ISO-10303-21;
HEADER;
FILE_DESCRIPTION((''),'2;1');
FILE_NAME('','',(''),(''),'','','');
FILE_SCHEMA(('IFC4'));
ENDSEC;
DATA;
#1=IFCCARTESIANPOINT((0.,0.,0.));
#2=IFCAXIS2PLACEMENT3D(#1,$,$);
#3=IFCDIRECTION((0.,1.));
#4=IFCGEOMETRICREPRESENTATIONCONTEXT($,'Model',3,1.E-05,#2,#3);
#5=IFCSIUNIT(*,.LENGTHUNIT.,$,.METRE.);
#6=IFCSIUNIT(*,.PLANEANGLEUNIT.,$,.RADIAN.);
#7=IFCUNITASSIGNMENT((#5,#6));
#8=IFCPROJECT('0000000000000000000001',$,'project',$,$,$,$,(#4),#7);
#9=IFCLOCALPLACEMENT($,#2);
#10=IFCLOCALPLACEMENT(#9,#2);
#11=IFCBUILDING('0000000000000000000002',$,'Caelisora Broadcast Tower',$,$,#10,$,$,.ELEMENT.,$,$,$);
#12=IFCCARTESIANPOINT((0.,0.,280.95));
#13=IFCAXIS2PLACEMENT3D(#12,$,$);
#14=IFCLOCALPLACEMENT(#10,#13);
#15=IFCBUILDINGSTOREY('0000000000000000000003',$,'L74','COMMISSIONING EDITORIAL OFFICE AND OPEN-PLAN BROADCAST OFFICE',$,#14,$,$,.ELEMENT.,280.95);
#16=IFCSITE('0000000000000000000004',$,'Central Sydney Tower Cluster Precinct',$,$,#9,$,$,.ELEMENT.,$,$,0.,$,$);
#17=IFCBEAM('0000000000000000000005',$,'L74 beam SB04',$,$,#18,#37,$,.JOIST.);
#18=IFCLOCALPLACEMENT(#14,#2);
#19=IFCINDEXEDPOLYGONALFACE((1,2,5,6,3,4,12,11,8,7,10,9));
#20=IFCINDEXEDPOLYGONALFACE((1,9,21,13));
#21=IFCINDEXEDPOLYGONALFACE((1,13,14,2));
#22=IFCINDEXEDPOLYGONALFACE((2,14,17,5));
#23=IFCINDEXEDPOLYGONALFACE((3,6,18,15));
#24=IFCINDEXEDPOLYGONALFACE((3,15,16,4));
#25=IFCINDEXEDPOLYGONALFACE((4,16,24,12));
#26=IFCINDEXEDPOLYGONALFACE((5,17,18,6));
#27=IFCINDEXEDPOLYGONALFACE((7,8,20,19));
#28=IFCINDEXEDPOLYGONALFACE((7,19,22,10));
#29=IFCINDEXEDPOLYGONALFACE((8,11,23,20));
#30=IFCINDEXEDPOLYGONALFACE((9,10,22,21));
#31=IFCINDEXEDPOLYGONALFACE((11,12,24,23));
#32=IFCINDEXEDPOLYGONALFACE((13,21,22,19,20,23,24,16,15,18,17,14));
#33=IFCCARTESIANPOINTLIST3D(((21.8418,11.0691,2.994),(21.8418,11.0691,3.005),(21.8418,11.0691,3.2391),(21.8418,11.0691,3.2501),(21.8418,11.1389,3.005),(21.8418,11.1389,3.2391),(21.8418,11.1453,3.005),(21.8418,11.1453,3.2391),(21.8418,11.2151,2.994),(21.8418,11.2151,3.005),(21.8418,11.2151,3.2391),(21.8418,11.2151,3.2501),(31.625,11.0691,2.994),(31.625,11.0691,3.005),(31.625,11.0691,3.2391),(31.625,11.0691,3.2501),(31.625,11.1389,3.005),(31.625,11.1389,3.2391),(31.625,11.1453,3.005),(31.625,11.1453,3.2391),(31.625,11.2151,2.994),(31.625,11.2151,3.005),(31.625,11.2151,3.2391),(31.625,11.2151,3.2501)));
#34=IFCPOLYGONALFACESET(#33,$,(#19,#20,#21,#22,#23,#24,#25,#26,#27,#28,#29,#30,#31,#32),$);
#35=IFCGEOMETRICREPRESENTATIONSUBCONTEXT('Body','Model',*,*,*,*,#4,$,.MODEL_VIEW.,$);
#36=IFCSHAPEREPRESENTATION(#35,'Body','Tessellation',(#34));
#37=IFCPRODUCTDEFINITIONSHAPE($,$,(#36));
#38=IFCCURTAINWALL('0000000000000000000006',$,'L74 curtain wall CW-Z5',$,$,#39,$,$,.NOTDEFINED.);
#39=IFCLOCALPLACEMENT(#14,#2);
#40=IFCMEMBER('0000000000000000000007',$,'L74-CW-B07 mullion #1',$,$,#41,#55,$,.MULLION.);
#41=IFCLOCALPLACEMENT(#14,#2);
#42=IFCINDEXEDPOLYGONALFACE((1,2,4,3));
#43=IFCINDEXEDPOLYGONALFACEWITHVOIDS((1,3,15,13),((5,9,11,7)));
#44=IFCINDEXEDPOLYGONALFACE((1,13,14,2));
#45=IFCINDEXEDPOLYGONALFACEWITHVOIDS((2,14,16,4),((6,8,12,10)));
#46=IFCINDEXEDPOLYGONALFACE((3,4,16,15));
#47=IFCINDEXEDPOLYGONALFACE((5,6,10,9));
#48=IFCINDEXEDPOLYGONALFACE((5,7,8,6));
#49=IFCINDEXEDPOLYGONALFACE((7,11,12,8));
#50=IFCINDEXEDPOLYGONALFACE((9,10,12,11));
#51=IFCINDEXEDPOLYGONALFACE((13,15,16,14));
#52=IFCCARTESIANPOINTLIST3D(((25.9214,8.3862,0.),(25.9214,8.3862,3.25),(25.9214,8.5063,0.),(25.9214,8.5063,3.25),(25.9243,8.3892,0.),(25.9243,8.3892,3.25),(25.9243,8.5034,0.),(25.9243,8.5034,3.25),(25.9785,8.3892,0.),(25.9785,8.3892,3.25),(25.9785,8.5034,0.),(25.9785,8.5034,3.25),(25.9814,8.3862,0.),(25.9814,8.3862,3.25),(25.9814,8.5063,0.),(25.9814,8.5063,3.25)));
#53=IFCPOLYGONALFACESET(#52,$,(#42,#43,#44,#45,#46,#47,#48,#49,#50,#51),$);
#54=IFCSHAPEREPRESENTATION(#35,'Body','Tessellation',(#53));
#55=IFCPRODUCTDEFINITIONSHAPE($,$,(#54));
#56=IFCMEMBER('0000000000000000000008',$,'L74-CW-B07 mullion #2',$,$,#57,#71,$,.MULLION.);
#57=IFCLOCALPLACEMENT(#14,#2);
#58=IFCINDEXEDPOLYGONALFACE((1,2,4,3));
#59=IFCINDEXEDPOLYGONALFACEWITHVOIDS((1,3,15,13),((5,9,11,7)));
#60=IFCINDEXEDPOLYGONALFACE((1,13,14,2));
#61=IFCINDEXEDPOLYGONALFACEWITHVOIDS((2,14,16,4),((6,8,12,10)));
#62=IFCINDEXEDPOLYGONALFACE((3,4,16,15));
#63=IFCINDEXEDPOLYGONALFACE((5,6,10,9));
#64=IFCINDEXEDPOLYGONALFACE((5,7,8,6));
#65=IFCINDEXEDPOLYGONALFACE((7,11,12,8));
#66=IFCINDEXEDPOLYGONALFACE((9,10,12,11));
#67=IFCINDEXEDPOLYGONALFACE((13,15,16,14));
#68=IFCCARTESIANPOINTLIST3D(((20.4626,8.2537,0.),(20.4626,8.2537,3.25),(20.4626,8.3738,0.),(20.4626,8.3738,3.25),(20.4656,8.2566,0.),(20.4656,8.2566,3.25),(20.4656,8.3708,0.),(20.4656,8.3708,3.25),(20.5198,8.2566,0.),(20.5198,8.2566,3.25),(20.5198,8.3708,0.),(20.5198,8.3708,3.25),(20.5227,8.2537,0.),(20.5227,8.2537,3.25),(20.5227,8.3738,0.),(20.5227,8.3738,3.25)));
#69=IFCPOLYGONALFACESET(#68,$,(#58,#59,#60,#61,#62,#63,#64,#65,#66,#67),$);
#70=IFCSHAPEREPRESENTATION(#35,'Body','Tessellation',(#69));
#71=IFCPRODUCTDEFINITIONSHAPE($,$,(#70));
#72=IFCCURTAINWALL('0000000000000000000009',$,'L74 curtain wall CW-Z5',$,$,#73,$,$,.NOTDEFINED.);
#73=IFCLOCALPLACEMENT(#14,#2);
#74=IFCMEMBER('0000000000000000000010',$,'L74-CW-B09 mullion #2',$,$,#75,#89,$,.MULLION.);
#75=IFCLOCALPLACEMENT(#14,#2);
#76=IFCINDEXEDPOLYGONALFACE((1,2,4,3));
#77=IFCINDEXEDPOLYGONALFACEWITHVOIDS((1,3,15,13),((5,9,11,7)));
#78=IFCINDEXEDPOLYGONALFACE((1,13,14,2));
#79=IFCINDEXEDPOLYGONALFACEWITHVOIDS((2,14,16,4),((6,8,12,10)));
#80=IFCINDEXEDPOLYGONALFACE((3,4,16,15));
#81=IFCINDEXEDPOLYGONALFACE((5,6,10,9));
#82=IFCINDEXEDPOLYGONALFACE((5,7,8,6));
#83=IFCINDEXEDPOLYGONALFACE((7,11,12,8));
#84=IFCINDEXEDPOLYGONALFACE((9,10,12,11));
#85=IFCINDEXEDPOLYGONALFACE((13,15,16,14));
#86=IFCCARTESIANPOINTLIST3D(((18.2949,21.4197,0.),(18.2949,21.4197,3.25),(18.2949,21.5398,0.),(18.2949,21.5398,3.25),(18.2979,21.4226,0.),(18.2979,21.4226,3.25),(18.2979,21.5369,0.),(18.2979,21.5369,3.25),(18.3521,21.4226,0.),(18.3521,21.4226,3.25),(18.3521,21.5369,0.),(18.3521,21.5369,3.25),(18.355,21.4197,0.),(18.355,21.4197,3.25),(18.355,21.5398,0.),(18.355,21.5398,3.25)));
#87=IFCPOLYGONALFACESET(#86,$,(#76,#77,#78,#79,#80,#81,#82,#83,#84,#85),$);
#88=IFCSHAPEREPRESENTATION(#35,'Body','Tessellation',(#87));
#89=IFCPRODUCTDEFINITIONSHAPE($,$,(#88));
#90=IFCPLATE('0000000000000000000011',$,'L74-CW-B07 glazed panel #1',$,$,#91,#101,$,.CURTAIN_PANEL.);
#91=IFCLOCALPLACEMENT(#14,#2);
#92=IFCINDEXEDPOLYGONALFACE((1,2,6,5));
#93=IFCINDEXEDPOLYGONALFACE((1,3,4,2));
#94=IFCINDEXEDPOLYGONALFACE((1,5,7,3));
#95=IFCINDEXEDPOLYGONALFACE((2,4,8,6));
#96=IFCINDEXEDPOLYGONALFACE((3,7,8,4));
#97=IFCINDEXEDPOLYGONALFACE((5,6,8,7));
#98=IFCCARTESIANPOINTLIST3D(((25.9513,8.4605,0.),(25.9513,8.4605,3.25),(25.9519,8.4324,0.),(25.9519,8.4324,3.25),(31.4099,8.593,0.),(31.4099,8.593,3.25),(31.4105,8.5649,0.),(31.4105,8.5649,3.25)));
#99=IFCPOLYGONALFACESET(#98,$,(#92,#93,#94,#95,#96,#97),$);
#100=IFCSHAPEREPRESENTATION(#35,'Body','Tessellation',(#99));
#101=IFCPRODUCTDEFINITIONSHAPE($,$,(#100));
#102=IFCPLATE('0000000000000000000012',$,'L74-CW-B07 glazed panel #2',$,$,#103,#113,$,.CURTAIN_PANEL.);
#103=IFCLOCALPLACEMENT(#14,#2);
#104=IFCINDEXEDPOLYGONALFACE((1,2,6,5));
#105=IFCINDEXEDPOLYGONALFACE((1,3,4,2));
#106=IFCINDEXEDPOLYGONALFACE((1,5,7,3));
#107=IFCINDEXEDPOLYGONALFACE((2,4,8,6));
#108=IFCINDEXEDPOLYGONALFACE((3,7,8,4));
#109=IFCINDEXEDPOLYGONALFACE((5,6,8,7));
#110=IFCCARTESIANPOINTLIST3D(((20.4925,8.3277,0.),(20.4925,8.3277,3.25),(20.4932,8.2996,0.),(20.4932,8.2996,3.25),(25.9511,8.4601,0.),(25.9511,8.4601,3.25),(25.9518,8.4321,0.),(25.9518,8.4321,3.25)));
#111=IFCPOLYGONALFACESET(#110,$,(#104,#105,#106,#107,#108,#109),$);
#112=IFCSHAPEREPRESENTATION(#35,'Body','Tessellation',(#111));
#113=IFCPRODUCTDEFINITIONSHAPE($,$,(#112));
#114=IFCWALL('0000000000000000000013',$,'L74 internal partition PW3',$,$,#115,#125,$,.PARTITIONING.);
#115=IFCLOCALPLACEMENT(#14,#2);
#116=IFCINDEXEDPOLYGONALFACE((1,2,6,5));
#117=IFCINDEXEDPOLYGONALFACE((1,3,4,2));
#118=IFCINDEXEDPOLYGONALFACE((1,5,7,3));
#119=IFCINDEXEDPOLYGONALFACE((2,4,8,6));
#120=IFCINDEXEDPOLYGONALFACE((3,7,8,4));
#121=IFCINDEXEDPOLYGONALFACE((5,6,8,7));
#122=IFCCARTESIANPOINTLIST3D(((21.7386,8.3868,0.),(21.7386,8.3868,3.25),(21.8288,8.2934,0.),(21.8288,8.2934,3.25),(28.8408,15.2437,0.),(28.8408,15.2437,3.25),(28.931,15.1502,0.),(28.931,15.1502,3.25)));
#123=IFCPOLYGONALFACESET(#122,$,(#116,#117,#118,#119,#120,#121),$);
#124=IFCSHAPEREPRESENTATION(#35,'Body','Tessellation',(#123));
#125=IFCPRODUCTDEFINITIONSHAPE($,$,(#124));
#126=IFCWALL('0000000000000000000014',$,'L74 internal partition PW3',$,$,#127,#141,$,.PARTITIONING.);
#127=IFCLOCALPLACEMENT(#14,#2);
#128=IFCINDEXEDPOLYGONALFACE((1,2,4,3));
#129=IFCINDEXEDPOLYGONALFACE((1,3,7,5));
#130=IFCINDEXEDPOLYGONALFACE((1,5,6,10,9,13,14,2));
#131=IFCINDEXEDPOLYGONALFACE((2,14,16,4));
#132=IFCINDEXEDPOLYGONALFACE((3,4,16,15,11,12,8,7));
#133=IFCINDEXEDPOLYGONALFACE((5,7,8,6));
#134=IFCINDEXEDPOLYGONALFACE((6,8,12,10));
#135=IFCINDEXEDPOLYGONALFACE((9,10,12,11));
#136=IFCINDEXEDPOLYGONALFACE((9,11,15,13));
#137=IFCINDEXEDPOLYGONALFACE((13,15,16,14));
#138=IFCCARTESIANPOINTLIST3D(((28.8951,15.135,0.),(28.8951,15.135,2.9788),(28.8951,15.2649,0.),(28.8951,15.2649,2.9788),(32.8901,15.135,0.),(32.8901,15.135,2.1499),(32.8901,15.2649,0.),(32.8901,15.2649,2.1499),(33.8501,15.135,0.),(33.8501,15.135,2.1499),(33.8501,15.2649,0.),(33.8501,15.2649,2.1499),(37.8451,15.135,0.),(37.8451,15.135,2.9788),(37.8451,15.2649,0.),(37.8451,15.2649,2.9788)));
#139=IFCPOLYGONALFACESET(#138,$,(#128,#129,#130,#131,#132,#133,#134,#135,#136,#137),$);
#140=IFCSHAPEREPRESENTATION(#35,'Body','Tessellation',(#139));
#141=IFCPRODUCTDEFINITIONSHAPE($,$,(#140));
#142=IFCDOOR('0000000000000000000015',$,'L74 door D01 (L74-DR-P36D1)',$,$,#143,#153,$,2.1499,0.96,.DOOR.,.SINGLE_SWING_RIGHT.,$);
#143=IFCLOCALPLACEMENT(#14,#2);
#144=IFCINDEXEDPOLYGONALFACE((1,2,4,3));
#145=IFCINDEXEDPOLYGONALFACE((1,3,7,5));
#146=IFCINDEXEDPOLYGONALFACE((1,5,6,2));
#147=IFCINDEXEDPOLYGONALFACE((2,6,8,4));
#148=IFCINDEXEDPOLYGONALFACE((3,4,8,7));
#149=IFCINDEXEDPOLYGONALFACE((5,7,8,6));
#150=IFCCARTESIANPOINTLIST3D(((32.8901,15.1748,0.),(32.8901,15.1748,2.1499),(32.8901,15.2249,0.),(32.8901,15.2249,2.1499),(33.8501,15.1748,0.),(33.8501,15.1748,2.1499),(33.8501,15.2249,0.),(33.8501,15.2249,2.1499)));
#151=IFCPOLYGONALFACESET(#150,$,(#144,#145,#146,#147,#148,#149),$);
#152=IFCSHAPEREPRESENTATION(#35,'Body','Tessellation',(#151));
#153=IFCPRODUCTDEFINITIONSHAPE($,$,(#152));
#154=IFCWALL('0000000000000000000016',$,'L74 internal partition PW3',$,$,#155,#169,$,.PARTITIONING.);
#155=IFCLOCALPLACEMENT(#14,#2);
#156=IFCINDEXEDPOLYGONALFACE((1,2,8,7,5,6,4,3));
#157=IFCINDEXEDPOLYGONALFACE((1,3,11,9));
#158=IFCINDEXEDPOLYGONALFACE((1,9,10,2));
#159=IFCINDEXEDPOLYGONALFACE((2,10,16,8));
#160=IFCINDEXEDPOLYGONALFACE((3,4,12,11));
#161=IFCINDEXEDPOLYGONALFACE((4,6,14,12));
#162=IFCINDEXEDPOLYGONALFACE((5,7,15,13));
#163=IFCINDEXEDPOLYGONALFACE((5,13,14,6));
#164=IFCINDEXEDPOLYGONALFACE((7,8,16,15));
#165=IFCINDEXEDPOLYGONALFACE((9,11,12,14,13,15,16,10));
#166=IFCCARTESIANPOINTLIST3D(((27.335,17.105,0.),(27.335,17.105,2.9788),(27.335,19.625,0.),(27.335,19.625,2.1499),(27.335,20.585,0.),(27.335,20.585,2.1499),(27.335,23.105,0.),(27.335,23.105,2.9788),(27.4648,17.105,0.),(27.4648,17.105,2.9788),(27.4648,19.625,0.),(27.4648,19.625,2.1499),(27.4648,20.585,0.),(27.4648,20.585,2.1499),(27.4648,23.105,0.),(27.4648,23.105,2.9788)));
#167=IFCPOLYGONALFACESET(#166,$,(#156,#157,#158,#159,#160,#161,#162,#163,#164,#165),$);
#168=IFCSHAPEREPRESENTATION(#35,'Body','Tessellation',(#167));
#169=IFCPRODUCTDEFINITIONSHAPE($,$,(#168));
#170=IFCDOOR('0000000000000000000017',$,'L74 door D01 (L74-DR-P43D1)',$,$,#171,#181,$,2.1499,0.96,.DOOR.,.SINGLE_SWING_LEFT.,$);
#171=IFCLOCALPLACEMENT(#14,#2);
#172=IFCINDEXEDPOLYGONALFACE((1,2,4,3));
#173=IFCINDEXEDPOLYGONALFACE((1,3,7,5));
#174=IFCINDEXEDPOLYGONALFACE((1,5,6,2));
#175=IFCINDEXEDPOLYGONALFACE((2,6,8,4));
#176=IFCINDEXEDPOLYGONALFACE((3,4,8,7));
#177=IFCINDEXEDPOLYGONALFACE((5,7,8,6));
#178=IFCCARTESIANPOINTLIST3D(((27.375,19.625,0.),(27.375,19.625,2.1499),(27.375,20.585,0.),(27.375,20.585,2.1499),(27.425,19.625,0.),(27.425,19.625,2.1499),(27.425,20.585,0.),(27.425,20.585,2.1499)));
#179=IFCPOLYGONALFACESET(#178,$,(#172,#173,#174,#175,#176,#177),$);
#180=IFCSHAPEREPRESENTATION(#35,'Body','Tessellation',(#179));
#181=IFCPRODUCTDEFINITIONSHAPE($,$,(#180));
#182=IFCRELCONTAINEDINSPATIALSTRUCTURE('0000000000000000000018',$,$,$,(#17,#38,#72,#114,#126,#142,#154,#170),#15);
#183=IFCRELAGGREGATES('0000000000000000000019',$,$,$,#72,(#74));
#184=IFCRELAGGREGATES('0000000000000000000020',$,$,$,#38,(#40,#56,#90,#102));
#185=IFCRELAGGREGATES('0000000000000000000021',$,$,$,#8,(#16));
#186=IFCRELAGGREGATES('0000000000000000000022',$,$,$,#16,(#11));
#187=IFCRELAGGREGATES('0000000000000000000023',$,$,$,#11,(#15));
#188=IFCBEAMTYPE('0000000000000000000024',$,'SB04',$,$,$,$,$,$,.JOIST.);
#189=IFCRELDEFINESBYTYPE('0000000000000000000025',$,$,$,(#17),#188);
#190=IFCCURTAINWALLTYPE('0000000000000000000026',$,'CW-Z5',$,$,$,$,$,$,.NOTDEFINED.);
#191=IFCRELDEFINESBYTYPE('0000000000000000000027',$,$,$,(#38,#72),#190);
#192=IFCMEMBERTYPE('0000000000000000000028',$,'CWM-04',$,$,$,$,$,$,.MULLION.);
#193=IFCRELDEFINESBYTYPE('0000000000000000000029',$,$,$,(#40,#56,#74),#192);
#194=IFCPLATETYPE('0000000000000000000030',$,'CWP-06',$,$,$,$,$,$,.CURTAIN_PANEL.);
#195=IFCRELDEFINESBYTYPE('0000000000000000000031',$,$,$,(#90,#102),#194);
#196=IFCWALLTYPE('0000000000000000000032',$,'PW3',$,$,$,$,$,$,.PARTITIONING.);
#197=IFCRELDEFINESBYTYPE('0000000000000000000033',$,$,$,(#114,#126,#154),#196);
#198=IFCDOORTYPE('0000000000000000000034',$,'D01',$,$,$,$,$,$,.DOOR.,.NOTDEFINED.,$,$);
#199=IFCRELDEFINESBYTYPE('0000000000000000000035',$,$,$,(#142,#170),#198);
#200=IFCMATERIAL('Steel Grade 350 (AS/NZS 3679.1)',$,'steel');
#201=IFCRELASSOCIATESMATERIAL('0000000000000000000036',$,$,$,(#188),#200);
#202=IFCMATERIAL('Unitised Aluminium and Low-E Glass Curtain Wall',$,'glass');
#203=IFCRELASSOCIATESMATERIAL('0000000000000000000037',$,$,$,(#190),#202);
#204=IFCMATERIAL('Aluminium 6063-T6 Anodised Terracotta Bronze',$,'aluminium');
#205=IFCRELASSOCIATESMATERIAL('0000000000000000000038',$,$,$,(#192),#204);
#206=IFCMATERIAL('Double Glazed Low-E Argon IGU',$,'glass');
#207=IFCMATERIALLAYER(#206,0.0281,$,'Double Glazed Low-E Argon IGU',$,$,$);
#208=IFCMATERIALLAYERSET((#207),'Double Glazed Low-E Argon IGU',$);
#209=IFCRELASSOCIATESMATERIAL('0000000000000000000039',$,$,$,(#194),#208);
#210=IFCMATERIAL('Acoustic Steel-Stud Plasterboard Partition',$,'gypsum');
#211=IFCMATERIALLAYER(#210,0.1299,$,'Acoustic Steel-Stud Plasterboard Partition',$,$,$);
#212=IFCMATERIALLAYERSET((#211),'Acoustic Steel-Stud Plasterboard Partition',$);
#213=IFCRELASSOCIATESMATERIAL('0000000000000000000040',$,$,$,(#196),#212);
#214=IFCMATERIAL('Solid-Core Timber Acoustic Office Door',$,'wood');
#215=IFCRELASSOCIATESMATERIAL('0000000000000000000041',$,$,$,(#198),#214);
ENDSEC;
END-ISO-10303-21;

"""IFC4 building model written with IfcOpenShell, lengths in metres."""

from ifc_helpers import new_model, si_unit, direction, frame, frame_2d, origin, origin_2d, place, context, subcontext, project, spatial, rectangle, hollow_rectangle, i_section, extrude, source, transform, mapped, material, layer, layer_set, material_profile, profile_set, type_object, type_shapes, element, fill, aggregate, save


model = new_model("IFC4")

# Units and contexts
model_context = context("Model", 3, precision=1e-05, world=origin(), true_north=direction((0.0, 1.0)))
body_context = subcontext(model_context, "Body", "Model", "MODEL_VIEW")
ifc_project = project(units=[si_unit("LENGTHUNIT", "METRE"), si_unit("PLANEANGLEUNIT", "RADIAN")], contexts=[model_context])

# Site, building, storey
site_placement = place(None, origin())
site = spatial("IfcSite", under=ifc_project, at=site_placement, Name="Central Sydney Tower Cluster Precinct", CompositionType="ELEMENT", RefElevation=0.0)
building_placement = place(site_placement, origin())
building = spatial("IfcBuilding", under=site, at=building_placement, Name="Caelisora Broadcast Tower", CompositionType="ELEMENT")
storey_placement = place(building_placement, frame((0.0, 0.0, 280.95)))
storey = spatial("IfcBuildingStorey", under=building, at=storey_placement, Name="L74", Description="COMMISSIONING EDITORIAL OFFICE AND OPEN-PLAN BROADCAST OFFICE", CompositionType="ELEMENT", Elevation=280.95)

# Beam
ifc_material_1 = material(Name="Steel Grade 350 (AS/NZS 3679.1)", Category="steel")
ifc_material_profile_1 = material_profile(ifc_material_1, i_section(OverallWidth=0.146, OverallDepth=0.2561, WebThickness=0.0063, FlangeThickness=0.011, at=origin_2d()), Name="Steel Grade 350 (AS/NZS 3679.1)")
ifc_profile_set_1 = profile_set([ifc_material_profile_1], Name="Steel Grade 350 (AS/NZS 3679.1)")
beam_type_1 = type_object("IfcBeamType", Name="SB04", PredefinedType="JOIST", material=ifc_profile_set_1)
shared_shape_1 = source(origin(), body_context, "Body", "SweptSolid", [
    extrude(i_section(OverallWidth=0.146, OverallDepth=0.2561, WebThickness=0.0063, FlangeThickness=0.011, at=origin_2d()), origin(), (0.0, 0.0, 1.0), 9.7832),
])
beam_1_placement = place(storey_placement, frame((21.8418, 11.1421, 3.1221), z_axis=(1.0, 0.0, 0.0), x_axis=(0.0, 1.0, 0.0)))
element("IfcBeam", 1, at=beam_1_placement, inside=storey, type_object=beam_type_1, Name="L74 beam SB04", PredefinedType="JOIST", context=body_context, shape_type="MappedRepresentation", body=[
    mapped(shared_shape_1, transform((0.0, 0.0, 0.0), scale=1.0)),
])

# Curtain wall, members
ifc_material_2 = material(Name="Unitised Aluminium and Low-E Glass Curtain Wall", Category="glass")
curtain_wall_type = type_object("IfcCurtainWallType", Name="CW-Z5", PredefinedType="NOTDEFINED", material=ifc_material_2)
curtain_wall_1_placement = place(storey_placement, origin())
curtain_wall_1 = element("IfcCurtainWall", 2, at=curtain_wall_1_placement, inside=storey, type_object=curtain_wall_type, Name="L74 curtain wall CW-Z5", PredefinedType="NOTDEFINED")
ifc_material_3 = material(Name="Aluminium 6063-T6 Anodised Terracotta Bronze", Category="aluminium")
ifc_material_profile_2 = material_profile(ifc_material_3, hollow_rectangle(XDim=0.0601, YDim=0.1201, WallThickness=0.0029, at=origin_2d()), Name="Aluminium 6063-T6 Anodised Terracotta Bronze")
ifc_profile_set_2 = profile_set([ifc_material_profile_2], Name="Aluminium 6063-T6 Anodised Terracotta Bronze")
member_type = type_object("IfcMemberType", Name="CWM-04", PredefinedType="MULLION", material=ifc_profile_set_2)
shared_shape_2 = source(origin(), body_context, "Body", "SweptSolid", [
    extrude(hollow_rectangle(XDim=0.0601, YDim=0.1201, WallThickness=0.0029, at=origin_2d()), origin(), (0.0, 0.0, 1.0), 3.25),
])
type_shapes(member_type, [shared_shape_2])
member_1_placement = place(storey_placement, frame((25.9514, 8.4463, 0.0), z_axis=(0.0, 0.0, 1.0), x_axis=(1.0, 0.0, 0.0)))
member_1 = element("IfcMember", 3, at=member_1_placement, type_object=member_type, Name="L74-CW-B07 mullion #1", PredefinedType="MULLION", context=body_context, shape_type="MappedRepresentation", body=[
    mapped(shared_shape_2, transform((0.0, 0.0, 0.0), scale=1.0)),
])
member_2_placement = place(storey_placement, frame((20.4927, 8.3137, 0.0), z_axis=(0.0, 0.0, 1.0), x_axis=(1.0, 0.0, 0.0)))
member_2 = element("IfcMember", 4, at=member_2_placement, type_object=member_type, Name="L74-CW-B07 mullion #2", PredefinedType="MULLION", context=body_context, shape_type="MappedRepresentation", body=[
    mapped(shared_shape_2, transform((0.0, 0.0, 0.0), scale=1.0)),
])

# Curtain wall, member
curtain_wall_2_placement = place(storey_placement, origin())
curtain_wall_2 = element("IfcCurtainWall", 5, at=curtain_wall_2_placement, inside=storey, type_object=curtain_wall_type, Name="L74 curtain wall CW-Z5", PredefinedType="NOTDEFINED")
member_3_placement = place(storey_placement, frame((18.325, 21.4797, 0.0), z_axis=(0.0, 0.0, 1.0), x_axis=(1.0, 0.0, 0.0)))
member_3 = element("IfcMember", 6, at=member_3_placement, type_object=member_type, Name="L74-CW-B09 mullion #2", PredefinedType="MULLION", context=body_context, shape_type="MappedRepresentation", body=[
    mapped(shared_shape_2, transform((0.0, 0.0, 0.0), scale=1.0)),
])
aggregate(curtain_wall_2, [member_3])

# Plates
ifc_material_4 = material(Name="Double Glazed Low-E Argon IGU", Category="glass")
ifc_layer_1 = layer(ifc_material_4, 0.0281, Name="Double Glazed Low-E Argon IGU")
ifc_layer_set_1 = layer_set([ifc_layer_1], Name="Double Glazed Low-E Argon IGU")
plate_type = type_object("IfcPlateType", Name="CWP-06", PredefinedType="CURTAIN_PANEL", material=ifc_layer_set_1)
shared_shape_3 = source(origin(), body_context, "Body", "SweptSolid", [
    extrude(rectangle(XDim=5.4602, YDim=0.0281, at=origin_2d()), origin(), (0.0, 0.0, 1.0), 3.25),
])
type_shapes(plate_type, [shared_shape_3])
plate_1_placement = place(storey_placement, frame((28.6809, 8.5127, 0.0), z_axis=(0.0, 0.0, 1.0), x_axis=(-0.999706, -0.024258, 0.0)))
plate_1 = element("IfcPlate", 7, at=plate_1_placement, type_object=plate_type, Name="L74-CW-B07 glazed panel #1", PredefinedType="CURTAIN_PANEL", context=body_context, shape_type="MappedRepresentation", body=[
    mapped(shared_shape_3, transform((0.0, 0.0, 0.0), scale=1.0)),
])
plate_2_placement = place(storey_placement, frame((23.2222, 8.3799, 0.0), z_axis=(0.0, 0.0, 1.0), x_axis=(-0.999706, -0.024258, 0.0)))
plate_2 = element("IfcPlate", 8, at=plate_2_placement, type_object=plate_type, Name="L74-CW-B07 glazed panel #2", PredefinedType="CURTAIN_PANEL", context=body_context, shape_type="MappedRepresentation", body=[
    mapped(shared_shape_3, transform((0.0, 0.0, 0.0), scale=1.0)),
])
aggregate(curtain_wall_1, [member_1, member_2, plate_1, plate_2])

# Wall
ifc_material_5 = material(Name="Acoustic Steel-Stud Plasterboard Partition", Category="gypsum")
ifc_layer_2 = layer(ifc_material_5, 0.1299, Name="Acoustic Steel-Stud Plasterboard Partition")
ifc_layer_set_2 = layer_set([ifc_layer_2], Name="Acoustic Steel-Stud Plasterboard Partition")
wall_type = type_object("IfcWallType", Name="PW3", PredefinedType="PARTITIONING", material=ifc_layer_set_2)
wall_1_placement = place(storey_placement, frame((21.7837, 8.3401, 0.0), z_axis=(0.0, 0.0, 1.0), x_axis=(0.719424, 0.694571, 0.0)))
element("IfcWall", 9, at=wall_1_placement, inside=storey, type_object=wall_type, Name="L74 internal partition PW3", PredefinedType="PARTITIONING", context=body_context, shape_type="SweptSolid", body=[
    extrude(rectangle(XDim=9.8721, YDim=0.1299, at=frame_2d((4.936, 0.0))), origin(), (0.0, 0.0, 1.0), 3.25),
])

# Walls, openings, doors
wall_2_placement = place(storey_placement, frame((28.895, 15.2, 0.0), z_axis=(0.0, 0.0, 1.0), x_axis=(1.0, 0.0, 0.0)))
wall_2 = element("IfcWall", 10, at=wall_2_placement, inside=storey, type_object=wall_type, Name="L74 internal partition PW3", PredefinedType="PARTITIONING", context=body_context, shape_type="SweptSolid", body=[
    extrude(rectangle(XDim=8.95, YDim=0.1299, at=frame_2d((4.4751, 0.0))), origin(), (0.0, 0.0, 1.0), 2.9788),
])
opening_1_placement = place(wall_2_placement, frame((3.9951, 0.0, 0.0)))
opening_1 = element("IfcOpeningElement", 11, at=opening_1_placement, cuts=wall_2, PredefinedType="OPENING", context=body_context, shape_type="SweptSolid", body=[
    extrude(rectangle(XDim=0.96, YDim=2.1499, at=frame_2d((0.48, 1.075))), frame((0.0, 0.0769, 0.0), z_axis=(0.0, -1.0, 0.0), x_axis=(1.0, 0.0, 0.0)), (0.0, 0.0, 1.0), 0.1538),
])
ifc_material_6 = material(Name="Solid-Core Timber Acoustic Office Door", Category="wood")
door_type = type_object("IfcDoorType", Name="D01", OperationType="NOTDEFINED", PredefinedType="DOOR", material=ifc_material_6)
door_1_placement = place(opening_1_placement, origin())
door_1 = element("IfcDoor", 12, at=door_1_placement, inside=storey, type_object=door_type, Name="L74 door D01 (L74-DR-P36D1)", OperationType="SINGLE_SWING_RIGHT", OverallHeight=2.1499, OverallWidth=0.96, PredefinedType="DOOR", context=body_context, shape_type="SweptSolid", body=[
    extrude(rectangle(XDim=0.96, YDim=2.1499, at=frame_2d((0.48, 1.075))), frame((0.0, 0.0249, 0.0), z_axis=(0.0, -1.0, 0.0), x_axis=(1.0, 0.0, 0.0)), (0.0, 0.0, 1.0), 0.05),
])
fill(opening_1, door_1)
wall_3_placement = place(storey_placement, frame((27.3999, 17.105, 0.0), z_axis=(0.0, 0.0, 1.0), x_axis=(0.0, 1.0, 0.0)))
wall_3 = element("IfcWall", 13, at=wall_3_placement, inside=storey, type_object=wall_type, Name="L74 internal partition PW3", PredefinedType="PARTITIONING", context=body_context, shape_type="SweptSolid", body=[
    extrude(rectangle(XDim=6.0, YDim=0.1299, at=frame_2d((3.0, 0.0))), origin(), (0.0, 0.0, 1.0), 2.9788),
])
opening_2_placement = place(wall_3_placement, frame((2.52, 0.0, 0.0)))
opening_2 = element("IfcOpeningElement", 14, at=opening_2_placement, cuts=wall_3, PredefinedType="OPENING", context=body_context, shape_type="SweptSolid", body=[
    extrude(rectangle(XDim=0.96, YDim=2.1499, at=frame_2d((0.48, 1.075))), frame((0.0, 0.0769, 0.0), z_axis=(0.0, -1.0, 0.0), x_axis=(1.0, 0.0, 0.0)), (0.0, 0.0, 1.0), 0.1538),
])
door_2_placement = place(opening_2_placement, origin())
door_2 = element("IfcDoor", 15, at=door_2_placement, inside=storey, type_object=door_type, Name="L74 door D01 (L74-DR-P43D1)", OperationType="SINGLE_SWING_LEFT", OverallHeight=2.1499, OverallWidth=0.96, PredefinedType="DOOR", context=body_context, shape_type="SweptSolid", body=[
    extrude(rectangle(XDim=0.96, YDim=2.1499, at=frame_2d((0.48, 1.075))), frame((0.0, 0.0249, 0.0), z_axis=(0.0, -1.0, 0.0), x_axis=(1.0, 0.0, 0.0)), (0.0, 0.0, 1.0), 0.05),
])
fill(opening_2, door_2)

save(model, "model.ifc")
